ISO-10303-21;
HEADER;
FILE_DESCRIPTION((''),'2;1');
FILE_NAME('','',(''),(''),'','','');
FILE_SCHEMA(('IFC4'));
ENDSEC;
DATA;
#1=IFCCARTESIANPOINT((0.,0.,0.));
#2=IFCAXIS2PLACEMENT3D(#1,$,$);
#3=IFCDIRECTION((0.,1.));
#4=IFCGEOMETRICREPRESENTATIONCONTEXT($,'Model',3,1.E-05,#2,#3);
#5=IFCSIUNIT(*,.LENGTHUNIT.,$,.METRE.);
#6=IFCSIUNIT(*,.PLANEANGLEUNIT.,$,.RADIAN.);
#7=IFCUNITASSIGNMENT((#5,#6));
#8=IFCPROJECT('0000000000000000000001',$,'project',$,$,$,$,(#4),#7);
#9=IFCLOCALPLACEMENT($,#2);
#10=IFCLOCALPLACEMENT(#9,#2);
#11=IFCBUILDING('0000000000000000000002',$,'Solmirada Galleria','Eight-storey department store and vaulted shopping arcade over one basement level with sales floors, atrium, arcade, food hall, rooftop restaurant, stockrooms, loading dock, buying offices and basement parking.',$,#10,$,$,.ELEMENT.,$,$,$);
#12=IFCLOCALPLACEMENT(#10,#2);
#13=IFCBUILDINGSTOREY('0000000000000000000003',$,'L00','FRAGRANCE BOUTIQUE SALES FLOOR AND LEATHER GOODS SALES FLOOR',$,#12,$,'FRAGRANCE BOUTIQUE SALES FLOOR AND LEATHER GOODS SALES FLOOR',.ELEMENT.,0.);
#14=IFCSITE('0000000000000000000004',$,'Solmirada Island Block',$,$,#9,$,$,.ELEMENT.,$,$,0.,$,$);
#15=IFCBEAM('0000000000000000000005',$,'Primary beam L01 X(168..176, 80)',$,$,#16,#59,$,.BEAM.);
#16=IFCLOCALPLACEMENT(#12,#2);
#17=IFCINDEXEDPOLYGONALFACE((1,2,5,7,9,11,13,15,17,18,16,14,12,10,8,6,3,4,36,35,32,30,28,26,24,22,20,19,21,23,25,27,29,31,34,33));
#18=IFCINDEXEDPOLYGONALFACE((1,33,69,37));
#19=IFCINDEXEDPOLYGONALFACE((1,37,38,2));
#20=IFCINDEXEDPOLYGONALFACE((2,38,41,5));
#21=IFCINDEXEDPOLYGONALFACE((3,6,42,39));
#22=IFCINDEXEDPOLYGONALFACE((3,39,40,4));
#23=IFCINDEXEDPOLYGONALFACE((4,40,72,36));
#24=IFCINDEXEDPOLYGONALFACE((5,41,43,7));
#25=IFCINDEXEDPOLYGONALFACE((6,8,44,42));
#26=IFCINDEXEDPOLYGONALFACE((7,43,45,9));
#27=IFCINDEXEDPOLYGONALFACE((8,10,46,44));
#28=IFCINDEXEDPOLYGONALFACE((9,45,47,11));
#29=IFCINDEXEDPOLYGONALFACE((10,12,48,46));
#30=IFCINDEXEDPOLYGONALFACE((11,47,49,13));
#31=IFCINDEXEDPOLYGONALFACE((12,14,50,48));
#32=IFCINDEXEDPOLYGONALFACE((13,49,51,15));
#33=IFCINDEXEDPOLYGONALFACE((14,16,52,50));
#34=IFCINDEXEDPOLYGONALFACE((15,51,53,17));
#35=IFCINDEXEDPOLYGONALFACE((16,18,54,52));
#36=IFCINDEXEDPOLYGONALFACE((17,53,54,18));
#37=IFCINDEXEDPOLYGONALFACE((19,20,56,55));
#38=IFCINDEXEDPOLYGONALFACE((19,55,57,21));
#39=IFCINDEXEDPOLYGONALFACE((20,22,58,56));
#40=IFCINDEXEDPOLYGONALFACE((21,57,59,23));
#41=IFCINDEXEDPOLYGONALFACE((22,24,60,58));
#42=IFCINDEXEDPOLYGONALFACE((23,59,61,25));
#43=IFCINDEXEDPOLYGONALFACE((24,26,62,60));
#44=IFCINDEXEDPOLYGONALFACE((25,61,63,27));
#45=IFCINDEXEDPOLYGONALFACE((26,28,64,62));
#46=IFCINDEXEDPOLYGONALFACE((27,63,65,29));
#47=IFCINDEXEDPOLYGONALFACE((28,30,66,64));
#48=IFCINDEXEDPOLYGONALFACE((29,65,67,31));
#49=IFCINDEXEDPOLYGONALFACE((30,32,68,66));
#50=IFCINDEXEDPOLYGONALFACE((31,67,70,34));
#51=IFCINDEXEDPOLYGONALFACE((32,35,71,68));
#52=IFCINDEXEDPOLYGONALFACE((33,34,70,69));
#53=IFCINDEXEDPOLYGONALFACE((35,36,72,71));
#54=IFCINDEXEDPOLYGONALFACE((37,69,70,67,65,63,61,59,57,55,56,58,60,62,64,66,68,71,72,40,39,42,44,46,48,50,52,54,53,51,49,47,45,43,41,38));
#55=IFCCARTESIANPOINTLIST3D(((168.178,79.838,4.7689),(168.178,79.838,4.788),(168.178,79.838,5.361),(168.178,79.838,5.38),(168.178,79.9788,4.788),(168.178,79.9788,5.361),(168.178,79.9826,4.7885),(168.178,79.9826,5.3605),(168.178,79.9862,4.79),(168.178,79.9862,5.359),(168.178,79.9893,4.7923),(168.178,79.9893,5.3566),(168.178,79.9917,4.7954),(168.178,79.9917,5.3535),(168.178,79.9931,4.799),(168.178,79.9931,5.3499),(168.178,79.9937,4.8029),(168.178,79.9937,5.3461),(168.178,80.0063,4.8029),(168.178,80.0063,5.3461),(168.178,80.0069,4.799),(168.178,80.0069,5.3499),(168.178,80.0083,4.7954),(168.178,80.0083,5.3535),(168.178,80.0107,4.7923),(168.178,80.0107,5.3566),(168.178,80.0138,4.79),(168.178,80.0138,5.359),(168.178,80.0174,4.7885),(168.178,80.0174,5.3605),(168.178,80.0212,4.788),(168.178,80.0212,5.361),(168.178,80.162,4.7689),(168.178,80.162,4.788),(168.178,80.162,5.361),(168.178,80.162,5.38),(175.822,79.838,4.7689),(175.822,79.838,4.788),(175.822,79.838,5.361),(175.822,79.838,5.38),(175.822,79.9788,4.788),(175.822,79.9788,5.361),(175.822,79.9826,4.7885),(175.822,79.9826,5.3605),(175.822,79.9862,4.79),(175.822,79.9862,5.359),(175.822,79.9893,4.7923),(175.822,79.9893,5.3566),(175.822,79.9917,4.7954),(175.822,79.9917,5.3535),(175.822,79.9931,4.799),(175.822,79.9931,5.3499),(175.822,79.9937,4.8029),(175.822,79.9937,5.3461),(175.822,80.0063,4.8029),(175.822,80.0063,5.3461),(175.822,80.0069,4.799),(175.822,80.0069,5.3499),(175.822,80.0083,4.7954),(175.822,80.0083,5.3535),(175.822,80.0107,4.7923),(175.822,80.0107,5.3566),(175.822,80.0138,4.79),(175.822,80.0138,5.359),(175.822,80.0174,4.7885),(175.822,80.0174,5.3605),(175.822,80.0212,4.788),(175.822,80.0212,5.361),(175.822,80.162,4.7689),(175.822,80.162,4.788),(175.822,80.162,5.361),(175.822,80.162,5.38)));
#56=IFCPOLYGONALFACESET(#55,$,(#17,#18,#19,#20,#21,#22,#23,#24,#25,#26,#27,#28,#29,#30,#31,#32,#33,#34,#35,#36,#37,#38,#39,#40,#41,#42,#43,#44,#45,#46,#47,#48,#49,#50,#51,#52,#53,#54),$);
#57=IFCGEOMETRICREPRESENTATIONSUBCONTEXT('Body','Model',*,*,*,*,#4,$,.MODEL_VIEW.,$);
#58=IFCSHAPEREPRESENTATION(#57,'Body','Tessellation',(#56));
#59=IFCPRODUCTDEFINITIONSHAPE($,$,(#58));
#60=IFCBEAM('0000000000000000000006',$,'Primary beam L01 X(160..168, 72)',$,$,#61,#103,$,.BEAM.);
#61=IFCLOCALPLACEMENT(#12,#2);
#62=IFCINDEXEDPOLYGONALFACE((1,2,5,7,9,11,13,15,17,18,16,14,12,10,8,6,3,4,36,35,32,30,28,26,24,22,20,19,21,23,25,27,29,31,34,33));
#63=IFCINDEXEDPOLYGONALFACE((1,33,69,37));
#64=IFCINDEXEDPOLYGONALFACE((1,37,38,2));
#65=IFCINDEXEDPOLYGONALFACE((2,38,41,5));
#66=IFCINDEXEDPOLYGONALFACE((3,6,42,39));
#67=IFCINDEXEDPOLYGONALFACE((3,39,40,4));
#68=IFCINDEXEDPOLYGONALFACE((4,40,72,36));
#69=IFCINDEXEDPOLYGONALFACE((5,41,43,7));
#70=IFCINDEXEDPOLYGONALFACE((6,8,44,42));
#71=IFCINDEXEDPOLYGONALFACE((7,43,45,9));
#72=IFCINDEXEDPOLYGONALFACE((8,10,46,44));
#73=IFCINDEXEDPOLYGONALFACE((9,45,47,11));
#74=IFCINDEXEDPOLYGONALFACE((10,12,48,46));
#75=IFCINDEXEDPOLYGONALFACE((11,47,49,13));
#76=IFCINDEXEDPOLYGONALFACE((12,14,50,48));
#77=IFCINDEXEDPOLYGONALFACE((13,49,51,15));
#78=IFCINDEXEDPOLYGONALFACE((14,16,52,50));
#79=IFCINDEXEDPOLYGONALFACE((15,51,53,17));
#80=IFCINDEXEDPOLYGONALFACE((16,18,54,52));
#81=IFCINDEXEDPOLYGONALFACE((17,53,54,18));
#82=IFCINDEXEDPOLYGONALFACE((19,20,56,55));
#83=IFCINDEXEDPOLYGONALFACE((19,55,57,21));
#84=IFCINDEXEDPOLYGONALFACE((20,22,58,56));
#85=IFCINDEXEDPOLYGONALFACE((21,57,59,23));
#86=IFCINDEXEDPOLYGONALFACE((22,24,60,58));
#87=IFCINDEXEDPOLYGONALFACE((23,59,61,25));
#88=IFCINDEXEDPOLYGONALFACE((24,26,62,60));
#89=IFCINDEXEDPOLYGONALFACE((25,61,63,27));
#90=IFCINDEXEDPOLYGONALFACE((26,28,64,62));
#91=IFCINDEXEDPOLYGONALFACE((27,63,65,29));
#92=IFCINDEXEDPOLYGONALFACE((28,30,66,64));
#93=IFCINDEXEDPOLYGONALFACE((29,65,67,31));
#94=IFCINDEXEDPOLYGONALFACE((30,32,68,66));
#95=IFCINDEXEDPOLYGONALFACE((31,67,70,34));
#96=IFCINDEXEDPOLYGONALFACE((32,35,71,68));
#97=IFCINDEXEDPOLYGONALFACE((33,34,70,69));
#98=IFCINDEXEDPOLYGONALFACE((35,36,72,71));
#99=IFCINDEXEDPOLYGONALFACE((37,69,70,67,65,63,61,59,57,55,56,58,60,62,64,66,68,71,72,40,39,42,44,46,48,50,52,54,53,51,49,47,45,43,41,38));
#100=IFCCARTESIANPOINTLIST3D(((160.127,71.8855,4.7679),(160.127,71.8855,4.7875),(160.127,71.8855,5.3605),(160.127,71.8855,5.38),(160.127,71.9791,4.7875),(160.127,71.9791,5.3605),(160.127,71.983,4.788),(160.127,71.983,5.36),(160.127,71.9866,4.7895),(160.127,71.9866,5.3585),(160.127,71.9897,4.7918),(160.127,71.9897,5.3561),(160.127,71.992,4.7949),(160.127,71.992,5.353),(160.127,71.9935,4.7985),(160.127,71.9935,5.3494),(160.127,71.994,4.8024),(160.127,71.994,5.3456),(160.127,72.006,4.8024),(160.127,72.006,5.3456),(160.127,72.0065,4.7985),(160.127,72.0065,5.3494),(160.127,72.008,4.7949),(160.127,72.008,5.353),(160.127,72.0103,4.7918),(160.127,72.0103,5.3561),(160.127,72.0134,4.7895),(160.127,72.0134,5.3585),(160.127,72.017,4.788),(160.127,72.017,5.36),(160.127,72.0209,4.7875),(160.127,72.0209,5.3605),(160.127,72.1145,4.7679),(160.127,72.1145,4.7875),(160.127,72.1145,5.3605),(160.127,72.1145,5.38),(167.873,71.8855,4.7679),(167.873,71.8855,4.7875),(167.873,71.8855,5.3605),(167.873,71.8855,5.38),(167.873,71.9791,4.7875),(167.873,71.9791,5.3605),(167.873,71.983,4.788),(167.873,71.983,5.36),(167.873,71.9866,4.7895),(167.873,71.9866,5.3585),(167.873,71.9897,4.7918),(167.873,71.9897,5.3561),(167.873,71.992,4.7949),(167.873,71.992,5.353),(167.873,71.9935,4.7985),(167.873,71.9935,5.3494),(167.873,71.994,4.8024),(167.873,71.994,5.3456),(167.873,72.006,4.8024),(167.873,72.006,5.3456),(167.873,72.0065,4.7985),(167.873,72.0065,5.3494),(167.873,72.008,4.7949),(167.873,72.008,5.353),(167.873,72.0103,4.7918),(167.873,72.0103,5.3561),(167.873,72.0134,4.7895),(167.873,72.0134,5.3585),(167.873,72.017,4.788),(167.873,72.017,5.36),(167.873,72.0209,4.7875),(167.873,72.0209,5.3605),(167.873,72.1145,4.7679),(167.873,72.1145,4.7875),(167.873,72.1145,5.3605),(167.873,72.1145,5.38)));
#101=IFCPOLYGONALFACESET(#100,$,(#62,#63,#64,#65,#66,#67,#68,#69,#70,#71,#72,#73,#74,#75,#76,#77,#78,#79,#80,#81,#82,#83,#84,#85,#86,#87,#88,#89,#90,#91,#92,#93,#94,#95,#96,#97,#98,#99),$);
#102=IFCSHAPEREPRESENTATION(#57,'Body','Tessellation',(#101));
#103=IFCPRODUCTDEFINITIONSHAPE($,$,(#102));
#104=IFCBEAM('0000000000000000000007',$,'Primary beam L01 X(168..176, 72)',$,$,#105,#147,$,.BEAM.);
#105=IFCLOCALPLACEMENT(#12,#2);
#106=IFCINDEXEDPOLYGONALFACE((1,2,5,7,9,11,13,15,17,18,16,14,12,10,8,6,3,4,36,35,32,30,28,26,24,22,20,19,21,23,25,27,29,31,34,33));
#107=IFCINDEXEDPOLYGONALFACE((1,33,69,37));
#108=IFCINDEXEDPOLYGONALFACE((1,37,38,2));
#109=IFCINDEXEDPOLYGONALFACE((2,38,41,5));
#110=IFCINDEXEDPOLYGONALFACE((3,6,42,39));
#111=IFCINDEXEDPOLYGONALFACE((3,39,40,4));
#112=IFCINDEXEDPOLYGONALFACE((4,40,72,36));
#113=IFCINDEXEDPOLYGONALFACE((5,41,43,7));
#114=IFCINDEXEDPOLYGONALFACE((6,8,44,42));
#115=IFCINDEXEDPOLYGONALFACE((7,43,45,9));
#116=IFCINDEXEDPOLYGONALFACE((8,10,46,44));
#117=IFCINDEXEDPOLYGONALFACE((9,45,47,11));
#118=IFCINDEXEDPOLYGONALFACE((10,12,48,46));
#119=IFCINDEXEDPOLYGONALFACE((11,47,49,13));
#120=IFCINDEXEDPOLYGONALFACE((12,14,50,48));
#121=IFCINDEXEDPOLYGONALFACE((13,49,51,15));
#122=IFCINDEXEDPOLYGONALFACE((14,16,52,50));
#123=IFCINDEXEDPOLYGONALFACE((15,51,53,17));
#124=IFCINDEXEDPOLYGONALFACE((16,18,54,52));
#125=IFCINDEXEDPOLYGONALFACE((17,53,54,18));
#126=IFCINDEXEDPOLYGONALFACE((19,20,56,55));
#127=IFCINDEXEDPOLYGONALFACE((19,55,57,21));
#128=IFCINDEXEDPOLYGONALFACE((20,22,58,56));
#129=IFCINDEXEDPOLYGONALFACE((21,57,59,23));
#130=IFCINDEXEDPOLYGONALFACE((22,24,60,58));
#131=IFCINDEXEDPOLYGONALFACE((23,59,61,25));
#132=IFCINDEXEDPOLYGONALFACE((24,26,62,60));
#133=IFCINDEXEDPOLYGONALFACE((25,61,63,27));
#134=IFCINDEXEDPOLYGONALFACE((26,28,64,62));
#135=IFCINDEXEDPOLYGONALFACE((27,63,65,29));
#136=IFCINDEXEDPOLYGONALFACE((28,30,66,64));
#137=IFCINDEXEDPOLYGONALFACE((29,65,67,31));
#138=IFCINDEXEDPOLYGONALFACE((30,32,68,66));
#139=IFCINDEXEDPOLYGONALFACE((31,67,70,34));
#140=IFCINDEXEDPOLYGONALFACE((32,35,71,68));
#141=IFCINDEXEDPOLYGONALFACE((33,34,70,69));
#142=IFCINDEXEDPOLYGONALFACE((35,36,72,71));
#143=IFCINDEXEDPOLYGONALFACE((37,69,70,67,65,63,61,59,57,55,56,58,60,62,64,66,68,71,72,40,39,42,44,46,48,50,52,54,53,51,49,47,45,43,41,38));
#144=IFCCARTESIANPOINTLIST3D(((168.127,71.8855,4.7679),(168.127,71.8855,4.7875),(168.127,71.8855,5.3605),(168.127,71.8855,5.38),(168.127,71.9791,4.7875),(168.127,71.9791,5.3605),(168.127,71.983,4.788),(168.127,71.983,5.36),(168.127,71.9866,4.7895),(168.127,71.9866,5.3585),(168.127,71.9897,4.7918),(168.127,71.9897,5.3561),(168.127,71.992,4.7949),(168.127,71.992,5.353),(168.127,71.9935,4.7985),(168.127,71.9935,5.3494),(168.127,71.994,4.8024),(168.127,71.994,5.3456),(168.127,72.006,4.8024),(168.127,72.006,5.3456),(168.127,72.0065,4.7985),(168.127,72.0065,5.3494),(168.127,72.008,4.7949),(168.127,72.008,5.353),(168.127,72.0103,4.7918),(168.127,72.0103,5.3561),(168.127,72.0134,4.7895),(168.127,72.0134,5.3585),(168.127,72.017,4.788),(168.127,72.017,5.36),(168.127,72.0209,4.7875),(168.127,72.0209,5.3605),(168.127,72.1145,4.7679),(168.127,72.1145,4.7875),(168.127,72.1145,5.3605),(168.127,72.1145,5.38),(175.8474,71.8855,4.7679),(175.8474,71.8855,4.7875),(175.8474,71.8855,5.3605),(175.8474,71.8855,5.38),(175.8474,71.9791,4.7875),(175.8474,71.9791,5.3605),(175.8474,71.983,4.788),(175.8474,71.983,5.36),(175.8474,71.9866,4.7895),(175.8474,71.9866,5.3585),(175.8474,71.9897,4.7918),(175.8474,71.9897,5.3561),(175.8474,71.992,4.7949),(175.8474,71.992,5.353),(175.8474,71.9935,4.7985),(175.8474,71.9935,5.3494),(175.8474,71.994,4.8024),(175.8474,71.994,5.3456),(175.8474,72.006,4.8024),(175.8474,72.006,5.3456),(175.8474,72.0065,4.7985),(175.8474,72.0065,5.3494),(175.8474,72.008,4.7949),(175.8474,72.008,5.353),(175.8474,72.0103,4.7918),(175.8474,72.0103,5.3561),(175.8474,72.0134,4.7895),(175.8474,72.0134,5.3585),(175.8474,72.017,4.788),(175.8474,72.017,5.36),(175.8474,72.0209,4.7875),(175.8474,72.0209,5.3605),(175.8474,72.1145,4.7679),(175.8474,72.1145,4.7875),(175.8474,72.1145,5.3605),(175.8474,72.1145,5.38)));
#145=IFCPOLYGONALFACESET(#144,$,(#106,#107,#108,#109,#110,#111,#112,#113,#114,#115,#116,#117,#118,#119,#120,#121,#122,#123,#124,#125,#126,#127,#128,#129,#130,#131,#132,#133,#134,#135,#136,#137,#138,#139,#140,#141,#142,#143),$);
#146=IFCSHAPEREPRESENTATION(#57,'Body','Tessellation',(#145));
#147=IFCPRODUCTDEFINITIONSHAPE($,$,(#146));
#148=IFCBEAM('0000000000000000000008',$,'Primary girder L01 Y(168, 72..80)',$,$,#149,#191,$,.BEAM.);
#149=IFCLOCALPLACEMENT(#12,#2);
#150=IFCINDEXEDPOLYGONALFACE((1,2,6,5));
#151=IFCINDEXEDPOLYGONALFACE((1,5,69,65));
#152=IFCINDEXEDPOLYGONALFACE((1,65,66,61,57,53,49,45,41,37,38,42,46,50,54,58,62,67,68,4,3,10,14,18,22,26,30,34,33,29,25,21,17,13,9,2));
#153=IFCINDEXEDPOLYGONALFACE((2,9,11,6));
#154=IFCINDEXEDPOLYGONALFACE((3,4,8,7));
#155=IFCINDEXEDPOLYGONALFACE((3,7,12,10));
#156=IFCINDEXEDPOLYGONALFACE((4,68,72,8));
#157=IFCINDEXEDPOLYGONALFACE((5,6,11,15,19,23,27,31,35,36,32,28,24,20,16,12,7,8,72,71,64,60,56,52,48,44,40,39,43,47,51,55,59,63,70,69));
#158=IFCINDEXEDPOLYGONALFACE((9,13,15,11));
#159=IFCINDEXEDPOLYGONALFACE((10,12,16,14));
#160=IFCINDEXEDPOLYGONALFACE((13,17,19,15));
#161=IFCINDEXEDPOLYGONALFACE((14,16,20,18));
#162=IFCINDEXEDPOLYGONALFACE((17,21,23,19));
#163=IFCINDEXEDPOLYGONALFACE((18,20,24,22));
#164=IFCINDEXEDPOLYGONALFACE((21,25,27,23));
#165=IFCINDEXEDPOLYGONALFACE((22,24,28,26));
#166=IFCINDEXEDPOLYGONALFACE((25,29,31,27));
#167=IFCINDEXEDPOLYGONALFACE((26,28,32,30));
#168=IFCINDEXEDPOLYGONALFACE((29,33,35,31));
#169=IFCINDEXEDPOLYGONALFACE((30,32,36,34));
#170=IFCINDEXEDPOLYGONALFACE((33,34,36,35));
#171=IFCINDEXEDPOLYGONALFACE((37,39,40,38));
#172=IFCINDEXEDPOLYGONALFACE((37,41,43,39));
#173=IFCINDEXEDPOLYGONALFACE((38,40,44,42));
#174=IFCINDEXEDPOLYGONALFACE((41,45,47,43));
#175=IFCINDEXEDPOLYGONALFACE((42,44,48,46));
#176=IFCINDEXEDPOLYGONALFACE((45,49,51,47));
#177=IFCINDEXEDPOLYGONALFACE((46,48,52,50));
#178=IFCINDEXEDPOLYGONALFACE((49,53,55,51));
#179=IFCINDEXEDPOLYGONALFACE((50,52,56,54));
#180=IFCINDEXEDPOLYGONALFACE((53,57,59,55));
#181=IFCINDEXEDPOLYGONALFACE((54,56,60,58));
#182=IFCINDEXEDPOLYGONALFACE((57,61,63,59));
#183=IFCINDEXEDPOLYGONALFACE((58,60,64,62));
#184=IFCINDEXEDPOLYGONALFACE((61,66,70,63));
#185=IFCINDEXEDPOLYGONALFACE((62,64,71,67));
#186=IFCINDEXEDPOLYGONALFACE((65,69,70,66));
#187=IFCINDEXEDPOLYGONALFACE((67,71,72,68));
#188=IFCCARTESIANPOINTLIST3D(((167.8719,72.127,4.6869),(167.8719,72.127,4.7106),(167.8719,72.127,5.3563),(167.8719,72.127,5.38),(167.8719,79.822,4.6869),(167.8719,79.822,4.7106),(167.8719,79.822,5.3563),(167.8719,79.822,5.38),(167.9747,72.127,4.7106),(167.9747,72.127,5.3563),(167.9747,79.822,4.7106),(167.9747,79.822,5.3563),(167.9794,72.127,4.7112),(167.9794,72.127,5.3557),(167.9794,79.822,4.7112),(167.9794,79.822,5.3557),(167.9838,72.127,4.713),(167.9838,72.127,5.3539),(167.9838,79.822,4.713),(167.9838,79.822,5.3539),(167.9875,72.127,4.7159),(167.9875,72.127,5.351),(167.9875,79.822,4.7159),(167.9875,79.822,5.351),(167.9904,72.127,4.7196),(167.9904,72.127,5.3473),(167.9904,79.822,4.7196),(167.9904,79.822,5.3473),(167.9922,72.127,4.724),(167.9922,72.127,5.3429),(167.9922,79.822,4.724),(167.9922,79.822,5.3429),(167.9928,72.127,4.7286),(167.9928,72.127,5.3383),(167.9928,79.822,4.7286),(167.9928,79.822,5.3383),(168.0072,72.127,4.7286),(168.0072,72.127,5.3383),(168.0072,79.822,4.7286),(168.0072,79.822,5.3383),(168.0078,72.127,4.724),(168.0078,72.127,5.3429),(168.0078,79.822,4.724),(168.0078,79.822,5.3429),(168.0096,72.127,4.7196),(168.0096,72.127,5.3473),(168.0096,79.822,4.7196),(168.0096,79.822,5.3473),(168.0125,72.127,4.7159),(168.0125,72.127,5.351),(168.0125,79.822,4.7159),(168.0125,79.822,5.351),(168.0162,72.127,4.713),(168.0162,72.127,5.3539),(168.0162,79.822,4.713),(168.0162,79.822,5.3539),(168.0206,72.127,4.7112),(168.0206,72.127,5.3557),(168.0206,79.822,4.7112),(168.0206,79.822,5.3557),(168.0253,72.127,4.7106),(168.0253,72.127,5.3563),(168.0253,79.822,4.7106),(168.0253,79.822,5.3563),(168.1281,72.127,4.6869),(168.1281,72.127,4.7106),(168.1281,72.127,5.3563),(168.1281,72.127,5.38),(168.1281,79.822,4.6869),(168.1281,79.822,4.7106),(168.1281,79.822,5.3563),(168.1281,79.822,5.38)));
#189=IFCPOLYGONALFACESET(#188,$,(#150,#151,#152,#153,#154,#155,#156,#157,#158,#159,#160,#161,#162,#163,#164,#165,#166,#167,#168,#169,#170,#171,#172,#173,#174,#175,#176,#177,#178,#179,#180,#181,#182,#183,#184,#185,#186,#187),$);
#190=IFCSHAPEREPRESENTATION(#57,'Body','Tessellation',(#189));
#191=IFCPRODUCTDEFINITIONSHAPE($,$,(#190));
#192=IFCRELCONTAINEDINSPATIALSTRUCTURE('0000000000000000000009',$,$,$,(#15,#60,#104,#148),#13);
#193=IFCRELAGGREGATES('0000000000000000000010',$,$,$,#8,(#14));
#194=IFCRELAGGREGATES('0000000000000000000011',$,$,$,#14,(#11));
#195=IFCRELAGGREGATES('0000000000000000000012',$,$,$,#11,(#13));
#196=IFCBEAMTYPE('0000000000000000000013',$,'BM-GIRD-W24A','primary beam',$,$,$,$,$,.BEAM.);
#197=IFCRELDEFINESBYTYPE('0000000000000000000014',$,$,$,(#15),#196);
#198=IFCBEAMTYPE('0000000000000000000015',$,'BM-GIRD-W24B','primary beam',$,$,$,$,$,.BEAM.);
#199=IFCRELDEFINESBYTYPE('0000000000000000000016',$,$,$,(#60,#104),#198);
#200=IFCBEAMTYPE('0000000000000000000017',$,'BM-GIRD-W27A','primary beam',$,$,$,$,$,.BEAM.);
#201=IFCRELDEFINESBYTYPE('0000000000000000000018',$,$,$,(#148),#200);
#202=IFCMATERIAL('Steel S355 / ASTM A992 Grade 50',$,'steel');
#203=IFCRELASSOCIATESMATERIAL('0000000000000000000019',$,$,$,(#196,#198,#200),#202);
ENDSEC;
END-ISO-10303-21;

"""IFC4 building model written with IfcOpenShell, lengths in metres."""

from ifc_helpers import new_model, si_unit, direction, frame, origin, origin_2d, place, context, subcontext, project, spatial, i_section, extrude, material, material_profile, profile_set, type_object, element, save


model = new_model("IFC4")

# Units and contexts
model_context = context("Model", 3, precision=1e-05, world=origin(), true_north=direction((0.0, 1.0)))
body_context = subcontext(model_context, "Body", "Model", "MODEL_VIEW")
ifc_project = project(units=[si_unit("LENGTHUNIT", "METRE"), si_unit("PLANEANGLEUNIT", "RADIAN")], contexts=[model_context])

# Site, building, storey
site_placement = place(None, origin())
site = spatial("IfcSite", under=ifc_project, at=site_placement, Name="Solmirada Island Block", CompositionType="ELEMENT", RefElevation=0.0)
building_placement = place(site_placement, origin())
building = spatial("IfcBuilding", under=site, at=building_placement, Name="Solmirada Galleria", Description="Eight-storey department store and vaulted shopping arcade over one basement level with sales floors, atrium, arcade, food hall, rooftop restaurant, stockrooms, loading dock, buying offices and basement parking.", CompositionType="ELEMENT")
storey_placement = place(building_placement, origin())
storey = spatial("IfcBuildingStorey", under=building, at=storey_placement, Name="L00", Description="FRAGRANCE BOUTIQUE SALES FLOOR AND LEATHER GOODS SALES FLOOR", LongName="FRAGRANCE BOUTIQUE SALES FLOOR AND LEATHER GOODS SALES FLOOR", CompositionType="ELEMENT", Elevation=0.0)

# Beams
ifc_material_1 = material(Name="Steel S355 / ASTM A992 Grade 50", Category="steel")
ifc_material_profile_1 = material_profile(ifc_material_1, i_section(OverallWidth=0.324, OverallDepth=0.6111, WebThickness=0.0127, FlangeThickness=0.019, FilletRadius=0.0149, at=origin_2d()), Name="W24X104")
ifc_profile_set_1 = profile_set([ifc_material_profile_1], Name="Steel S355 / ASTM A992 Grade 50")
beam_type_1 = type_object("IfcBeamType", Name="BM-GIRD-W24A", Description="primary beam", PredefinedType="BEAM", material=ifc_profile_set_1)
for number, where, z_axis, x_axis, name in (
    (1, (168.178, 80.0, 5.0745), (1.0, 0.0, 0.0), (0.0, 1.0, 0.0), "Primary beam L01 X(168..176, 80)"),
):
    element("IfcBeam", number, at=place(storey_placement, frame(where, z_axis=z_axis, x_axis=x_axis)), inside=storey, type_object=beam_type_1, Name=name, PredefinedType="BEAM", context=body_context, shape_type="SweptSolid", body=[
        extrude(i_section(OverallWidth=0.324, OverallDepth=0.6111, WebThickness=0.0127, FlangeThickness=0.019, FilletRadius=0.0149, at=origin_2d()), origin(), (0.0, 0.0, 1.0), 7.644),
    ])
ifc_material_profile_2 = material_profile(ifc_material_1, i_section(OverallWidth=0.229, OverallDepth=0.6121, WebThickness=0.012, FlangeThickness=0.0195, FilletRadius=0.0149, at=origin_2d()), Name="W24X84")
ifc_profile_set_2 = profile_set([ifc_material_profile_2], Name="Steel S355 / ASTM A992 Grade 50")
beam_type_2 = type_object("IfcBeamType", Name="BM-GIRD-W24B", Description="primary beam", PredefinedType="BEAM", material=ifc_profile_set_2)
beam_1_placement = place(storey_placement, frame((160.127, 72.0, 5.074), z_axis=(1.0, 0.0, 0.0), x_axis=(0.0, 1.0, 0.0)))
element("IfcBeam", 2, at=beam_1_placement, inside=storey, type_object=beam_type_2, Name="Primary beam L01 X(160..168, 72)", PredefinedType="BEAM", context=body_context, shape_type="SweptSolid", body=[
    extrude(i_section(OverallWidth=0.229, OverallDepth=0.6121, WebThickness=0.012, FlangeThickness=0.0195, FilletRadius=0.0149, at=origin_2d()), origin(), (0.0, 0.0, 1.0), 7.7461),
])
beam_2_placement = place(storey_placement, frame((168.127, 72.0, 5.074), z_axis=(1.0, 0.0, 0.0), x_axis=(0.0, 1.0, 0.0)))
element("IfcBeam", 3, at=beam_2_placement, inside=storey, type_object=beam_type_2, Name="Primary beam L01 X(168..176, 72)", PredefinedType="BEAM", context=body_context, shape_type="SweptSolid", body=[
    extrude(i_section(OverallWidth=0.229, OverallDepth=0.6121, WebThickness=0.012, FlangeThickness=0.0195, FilletRadius=0.0149, at=origin_2d()), origin(), (0.0, 0.0, 1.0), 7.7205),
])
ifc_material_profile_3 = material_profile(ifc_material_1, i_section(OverallWidth=0.2561, OverallDepth=0.6931, WebThickness=0.0144, FlangeThickness=0.0237, FilletRadius=0.0181, at=origin_2d()), Name="W27X114")
ifc_profile_set_3 = profile_set([ifc_material_profile_3], Name="Steel S355 / ASTM A992 Grade 50")
beam_type_3 = type_object("IfcBeamType", Name="BM-GIRD-W27A", Description="primary beam", PredefinedType="BEAM", material=ifc_profile_set_3)
beam_3_placement = place(storey_placement, frame((168.0, 72.127, 5.0334), z_axis=(0.0, 1.0, 0.0), x_axis=(-1.0, 0.0, 0.0)))
element("IfcBeam", 4, at=beam_3_placement, inside=storey, type_object=beam_type_3, Name="Primary girder L01 Y(168, 72..80)", PredefinedType="BEAM", context=body_context, shape_type="SweptSolid", body=[
    extrude(i_section(OverallWidth=0.2561, OverallDepth=0.6931, WebThickness=0.0144, FlangeThickness=0.0237, FilletRadius=0.0181, at=origin_2d()), origin(), (0.0, 0.0, 1.0), 7.6951),
])

save(model, "model.ifc")
